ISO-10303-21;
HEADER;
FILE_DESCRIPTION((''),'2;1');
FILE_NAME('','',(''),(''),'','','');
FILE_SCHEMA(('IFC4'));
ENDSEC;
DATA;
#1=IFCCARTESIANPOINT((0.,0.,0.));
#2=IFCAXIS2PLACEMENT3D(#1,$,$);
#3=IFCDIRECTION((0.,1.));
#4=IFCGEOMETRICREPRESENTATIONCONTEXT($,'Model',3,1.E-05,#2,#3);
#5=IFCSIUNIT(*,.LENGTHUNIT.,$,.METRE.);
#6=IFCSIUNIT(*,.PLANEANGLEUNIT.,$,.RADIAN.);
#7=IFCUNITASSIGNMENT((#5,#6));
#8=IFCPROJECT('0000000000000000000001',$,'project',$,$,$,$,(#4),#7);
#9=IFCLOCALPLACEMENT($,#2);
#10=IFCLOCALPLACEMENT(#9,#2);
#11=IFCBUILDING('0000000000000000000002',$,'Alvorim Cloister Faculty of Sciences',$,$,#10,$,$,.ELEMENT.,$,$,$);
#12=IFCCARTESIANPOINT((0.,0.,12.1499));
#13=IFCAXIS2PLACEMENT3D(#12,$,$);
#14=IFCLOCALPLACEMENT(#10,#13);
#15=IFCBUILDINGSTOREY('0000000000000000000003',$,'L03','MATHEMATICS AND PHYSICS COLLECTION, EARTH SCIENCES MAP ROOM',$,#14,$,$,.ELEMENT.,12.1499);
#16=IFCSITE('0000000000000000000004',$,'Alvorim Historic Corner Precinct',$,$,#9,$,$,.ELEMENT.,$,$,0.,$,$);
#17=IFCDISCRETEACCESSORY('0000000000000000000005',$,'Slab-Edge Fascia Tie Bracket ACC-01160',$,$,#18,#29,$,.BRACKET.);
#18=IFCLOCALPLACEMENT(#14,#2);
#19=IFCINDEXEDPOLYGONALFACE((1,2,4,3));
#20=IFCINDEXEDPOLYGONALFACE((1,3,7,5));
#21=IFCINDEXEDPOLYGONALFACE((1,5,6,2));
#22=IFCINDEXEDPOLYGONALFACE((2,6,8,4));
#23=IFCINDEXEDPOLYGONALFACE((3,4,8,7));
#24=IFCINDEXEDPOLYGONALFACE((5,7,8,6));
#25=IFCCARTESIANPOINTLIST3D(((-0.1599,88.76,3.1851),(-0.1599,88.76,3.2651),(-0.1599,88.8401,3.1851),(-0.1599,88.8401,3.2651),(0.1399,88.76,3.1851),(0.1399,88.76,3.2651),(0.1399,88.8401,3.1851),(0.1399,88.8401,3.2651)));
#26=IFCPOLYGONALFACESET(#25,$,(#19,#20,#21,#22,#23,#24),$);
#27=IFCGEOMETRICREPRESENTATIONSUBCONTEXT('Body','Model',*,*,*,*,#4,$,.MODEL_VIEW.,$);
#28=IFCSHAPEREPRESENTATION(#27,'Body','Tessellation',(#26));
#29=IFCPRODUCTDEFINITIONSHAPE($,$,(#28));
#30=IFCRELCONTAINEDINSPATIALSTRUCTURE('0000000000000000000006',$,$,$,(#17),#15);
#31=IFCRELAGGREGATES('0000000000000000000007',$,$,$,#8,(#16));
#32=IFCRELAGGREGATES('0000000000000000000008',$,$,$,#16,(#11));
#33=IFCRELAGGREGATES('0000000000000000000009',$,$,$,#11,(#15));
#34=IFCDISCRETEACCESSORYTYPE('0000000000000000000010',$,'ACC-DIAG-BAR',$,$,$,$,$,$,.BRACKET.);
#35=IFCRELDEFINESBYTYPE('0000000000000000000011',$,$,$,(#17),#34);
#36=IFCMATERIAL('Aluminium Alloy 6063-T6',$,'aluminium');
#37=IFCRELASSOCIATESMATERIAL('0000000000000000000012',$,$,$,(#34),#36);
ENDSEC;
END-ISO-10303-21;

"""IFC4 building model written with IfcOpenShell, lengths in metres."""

from ifc_helpers import new_model, si_unit, direction, frame, origin, origin_2d, place, context, subcontext, project, spatial, rectangle, extrude, material, type_object, element, save


model = new_model("IFC4")

# Units and contexts
model_context = context("Model", 3, precision=1e-05, world=origin(), true_north=direction((0.0, 1.0)))
body_context = subcontext(model_context, "Body", "Model", "MODEL_VIEW")
ifc_project = project(units=[si_unit("LENGTHUNIT", "METRE"), si_unit("PLANEANGLEUNIT", "RADIAN")], contexts=[model_context])

# Site, building, storey
site_placement = place(None, origin())
site = spatial("IfcSite", under=ifc_project, at=site_placement, Name="Alvorim Historic Corner Precinct", CompositionType="ELEMENT", RefElevation=0.0)
building_placement = place(site_placement, origin())
building = spatial("IfcBuilding", under=site, at=building_placement, Name="Alvorim Cloister Faculty of Sciences", CompositionType="ELEMENT")
storey_placement = place(building_placement, frame((0.0, 0.0, 12.1499)))
storey = spatial("IfcBuildingStorey", under=building, at=storey_placement, Name="L03", Description="MATHEMATICS AND PHYSICS COLLECTION, EARTH SCIENCES MAP ROOM", CompositionType="ELEMENT", Elevation=12.1499)

# Shared definitions
ifc_material_1 = material(Name="Aluminium Alloy 6063-T6", Category="aluminium")

# Discrete accessory
discrete_accessory_type = type_object("IfcDiscreteAccessoryType", Name="ACC-DIAG-BAR", PredefinedType="BRACKET", material=ifc_material_1)
discrete_accessory_placement = place(storey_placement, frame((0.1399, 88.8, 3.2251), z_axis=(-1.0, 0.0, 0.0), x_axis=(0.0, -1.0, 0.0)))
element("IfcDiscreteAccessory", 1, at=discrete_accessory_placement, inside=storey, type_object=discrete_accessory_type, Name="Slab-Edge Fascia Tie Bracket ACC-01160", PredefinedType="BRACKET", context=body_context, shape_type="SweptSolid", body=[
    extrude(rectangle(XDim=0.0801, YDim=0.0801, at=origin_2d()), origin(), (0.0, 0.0, 1.0), 0.2998),
])

save(model, "model.ifc")
